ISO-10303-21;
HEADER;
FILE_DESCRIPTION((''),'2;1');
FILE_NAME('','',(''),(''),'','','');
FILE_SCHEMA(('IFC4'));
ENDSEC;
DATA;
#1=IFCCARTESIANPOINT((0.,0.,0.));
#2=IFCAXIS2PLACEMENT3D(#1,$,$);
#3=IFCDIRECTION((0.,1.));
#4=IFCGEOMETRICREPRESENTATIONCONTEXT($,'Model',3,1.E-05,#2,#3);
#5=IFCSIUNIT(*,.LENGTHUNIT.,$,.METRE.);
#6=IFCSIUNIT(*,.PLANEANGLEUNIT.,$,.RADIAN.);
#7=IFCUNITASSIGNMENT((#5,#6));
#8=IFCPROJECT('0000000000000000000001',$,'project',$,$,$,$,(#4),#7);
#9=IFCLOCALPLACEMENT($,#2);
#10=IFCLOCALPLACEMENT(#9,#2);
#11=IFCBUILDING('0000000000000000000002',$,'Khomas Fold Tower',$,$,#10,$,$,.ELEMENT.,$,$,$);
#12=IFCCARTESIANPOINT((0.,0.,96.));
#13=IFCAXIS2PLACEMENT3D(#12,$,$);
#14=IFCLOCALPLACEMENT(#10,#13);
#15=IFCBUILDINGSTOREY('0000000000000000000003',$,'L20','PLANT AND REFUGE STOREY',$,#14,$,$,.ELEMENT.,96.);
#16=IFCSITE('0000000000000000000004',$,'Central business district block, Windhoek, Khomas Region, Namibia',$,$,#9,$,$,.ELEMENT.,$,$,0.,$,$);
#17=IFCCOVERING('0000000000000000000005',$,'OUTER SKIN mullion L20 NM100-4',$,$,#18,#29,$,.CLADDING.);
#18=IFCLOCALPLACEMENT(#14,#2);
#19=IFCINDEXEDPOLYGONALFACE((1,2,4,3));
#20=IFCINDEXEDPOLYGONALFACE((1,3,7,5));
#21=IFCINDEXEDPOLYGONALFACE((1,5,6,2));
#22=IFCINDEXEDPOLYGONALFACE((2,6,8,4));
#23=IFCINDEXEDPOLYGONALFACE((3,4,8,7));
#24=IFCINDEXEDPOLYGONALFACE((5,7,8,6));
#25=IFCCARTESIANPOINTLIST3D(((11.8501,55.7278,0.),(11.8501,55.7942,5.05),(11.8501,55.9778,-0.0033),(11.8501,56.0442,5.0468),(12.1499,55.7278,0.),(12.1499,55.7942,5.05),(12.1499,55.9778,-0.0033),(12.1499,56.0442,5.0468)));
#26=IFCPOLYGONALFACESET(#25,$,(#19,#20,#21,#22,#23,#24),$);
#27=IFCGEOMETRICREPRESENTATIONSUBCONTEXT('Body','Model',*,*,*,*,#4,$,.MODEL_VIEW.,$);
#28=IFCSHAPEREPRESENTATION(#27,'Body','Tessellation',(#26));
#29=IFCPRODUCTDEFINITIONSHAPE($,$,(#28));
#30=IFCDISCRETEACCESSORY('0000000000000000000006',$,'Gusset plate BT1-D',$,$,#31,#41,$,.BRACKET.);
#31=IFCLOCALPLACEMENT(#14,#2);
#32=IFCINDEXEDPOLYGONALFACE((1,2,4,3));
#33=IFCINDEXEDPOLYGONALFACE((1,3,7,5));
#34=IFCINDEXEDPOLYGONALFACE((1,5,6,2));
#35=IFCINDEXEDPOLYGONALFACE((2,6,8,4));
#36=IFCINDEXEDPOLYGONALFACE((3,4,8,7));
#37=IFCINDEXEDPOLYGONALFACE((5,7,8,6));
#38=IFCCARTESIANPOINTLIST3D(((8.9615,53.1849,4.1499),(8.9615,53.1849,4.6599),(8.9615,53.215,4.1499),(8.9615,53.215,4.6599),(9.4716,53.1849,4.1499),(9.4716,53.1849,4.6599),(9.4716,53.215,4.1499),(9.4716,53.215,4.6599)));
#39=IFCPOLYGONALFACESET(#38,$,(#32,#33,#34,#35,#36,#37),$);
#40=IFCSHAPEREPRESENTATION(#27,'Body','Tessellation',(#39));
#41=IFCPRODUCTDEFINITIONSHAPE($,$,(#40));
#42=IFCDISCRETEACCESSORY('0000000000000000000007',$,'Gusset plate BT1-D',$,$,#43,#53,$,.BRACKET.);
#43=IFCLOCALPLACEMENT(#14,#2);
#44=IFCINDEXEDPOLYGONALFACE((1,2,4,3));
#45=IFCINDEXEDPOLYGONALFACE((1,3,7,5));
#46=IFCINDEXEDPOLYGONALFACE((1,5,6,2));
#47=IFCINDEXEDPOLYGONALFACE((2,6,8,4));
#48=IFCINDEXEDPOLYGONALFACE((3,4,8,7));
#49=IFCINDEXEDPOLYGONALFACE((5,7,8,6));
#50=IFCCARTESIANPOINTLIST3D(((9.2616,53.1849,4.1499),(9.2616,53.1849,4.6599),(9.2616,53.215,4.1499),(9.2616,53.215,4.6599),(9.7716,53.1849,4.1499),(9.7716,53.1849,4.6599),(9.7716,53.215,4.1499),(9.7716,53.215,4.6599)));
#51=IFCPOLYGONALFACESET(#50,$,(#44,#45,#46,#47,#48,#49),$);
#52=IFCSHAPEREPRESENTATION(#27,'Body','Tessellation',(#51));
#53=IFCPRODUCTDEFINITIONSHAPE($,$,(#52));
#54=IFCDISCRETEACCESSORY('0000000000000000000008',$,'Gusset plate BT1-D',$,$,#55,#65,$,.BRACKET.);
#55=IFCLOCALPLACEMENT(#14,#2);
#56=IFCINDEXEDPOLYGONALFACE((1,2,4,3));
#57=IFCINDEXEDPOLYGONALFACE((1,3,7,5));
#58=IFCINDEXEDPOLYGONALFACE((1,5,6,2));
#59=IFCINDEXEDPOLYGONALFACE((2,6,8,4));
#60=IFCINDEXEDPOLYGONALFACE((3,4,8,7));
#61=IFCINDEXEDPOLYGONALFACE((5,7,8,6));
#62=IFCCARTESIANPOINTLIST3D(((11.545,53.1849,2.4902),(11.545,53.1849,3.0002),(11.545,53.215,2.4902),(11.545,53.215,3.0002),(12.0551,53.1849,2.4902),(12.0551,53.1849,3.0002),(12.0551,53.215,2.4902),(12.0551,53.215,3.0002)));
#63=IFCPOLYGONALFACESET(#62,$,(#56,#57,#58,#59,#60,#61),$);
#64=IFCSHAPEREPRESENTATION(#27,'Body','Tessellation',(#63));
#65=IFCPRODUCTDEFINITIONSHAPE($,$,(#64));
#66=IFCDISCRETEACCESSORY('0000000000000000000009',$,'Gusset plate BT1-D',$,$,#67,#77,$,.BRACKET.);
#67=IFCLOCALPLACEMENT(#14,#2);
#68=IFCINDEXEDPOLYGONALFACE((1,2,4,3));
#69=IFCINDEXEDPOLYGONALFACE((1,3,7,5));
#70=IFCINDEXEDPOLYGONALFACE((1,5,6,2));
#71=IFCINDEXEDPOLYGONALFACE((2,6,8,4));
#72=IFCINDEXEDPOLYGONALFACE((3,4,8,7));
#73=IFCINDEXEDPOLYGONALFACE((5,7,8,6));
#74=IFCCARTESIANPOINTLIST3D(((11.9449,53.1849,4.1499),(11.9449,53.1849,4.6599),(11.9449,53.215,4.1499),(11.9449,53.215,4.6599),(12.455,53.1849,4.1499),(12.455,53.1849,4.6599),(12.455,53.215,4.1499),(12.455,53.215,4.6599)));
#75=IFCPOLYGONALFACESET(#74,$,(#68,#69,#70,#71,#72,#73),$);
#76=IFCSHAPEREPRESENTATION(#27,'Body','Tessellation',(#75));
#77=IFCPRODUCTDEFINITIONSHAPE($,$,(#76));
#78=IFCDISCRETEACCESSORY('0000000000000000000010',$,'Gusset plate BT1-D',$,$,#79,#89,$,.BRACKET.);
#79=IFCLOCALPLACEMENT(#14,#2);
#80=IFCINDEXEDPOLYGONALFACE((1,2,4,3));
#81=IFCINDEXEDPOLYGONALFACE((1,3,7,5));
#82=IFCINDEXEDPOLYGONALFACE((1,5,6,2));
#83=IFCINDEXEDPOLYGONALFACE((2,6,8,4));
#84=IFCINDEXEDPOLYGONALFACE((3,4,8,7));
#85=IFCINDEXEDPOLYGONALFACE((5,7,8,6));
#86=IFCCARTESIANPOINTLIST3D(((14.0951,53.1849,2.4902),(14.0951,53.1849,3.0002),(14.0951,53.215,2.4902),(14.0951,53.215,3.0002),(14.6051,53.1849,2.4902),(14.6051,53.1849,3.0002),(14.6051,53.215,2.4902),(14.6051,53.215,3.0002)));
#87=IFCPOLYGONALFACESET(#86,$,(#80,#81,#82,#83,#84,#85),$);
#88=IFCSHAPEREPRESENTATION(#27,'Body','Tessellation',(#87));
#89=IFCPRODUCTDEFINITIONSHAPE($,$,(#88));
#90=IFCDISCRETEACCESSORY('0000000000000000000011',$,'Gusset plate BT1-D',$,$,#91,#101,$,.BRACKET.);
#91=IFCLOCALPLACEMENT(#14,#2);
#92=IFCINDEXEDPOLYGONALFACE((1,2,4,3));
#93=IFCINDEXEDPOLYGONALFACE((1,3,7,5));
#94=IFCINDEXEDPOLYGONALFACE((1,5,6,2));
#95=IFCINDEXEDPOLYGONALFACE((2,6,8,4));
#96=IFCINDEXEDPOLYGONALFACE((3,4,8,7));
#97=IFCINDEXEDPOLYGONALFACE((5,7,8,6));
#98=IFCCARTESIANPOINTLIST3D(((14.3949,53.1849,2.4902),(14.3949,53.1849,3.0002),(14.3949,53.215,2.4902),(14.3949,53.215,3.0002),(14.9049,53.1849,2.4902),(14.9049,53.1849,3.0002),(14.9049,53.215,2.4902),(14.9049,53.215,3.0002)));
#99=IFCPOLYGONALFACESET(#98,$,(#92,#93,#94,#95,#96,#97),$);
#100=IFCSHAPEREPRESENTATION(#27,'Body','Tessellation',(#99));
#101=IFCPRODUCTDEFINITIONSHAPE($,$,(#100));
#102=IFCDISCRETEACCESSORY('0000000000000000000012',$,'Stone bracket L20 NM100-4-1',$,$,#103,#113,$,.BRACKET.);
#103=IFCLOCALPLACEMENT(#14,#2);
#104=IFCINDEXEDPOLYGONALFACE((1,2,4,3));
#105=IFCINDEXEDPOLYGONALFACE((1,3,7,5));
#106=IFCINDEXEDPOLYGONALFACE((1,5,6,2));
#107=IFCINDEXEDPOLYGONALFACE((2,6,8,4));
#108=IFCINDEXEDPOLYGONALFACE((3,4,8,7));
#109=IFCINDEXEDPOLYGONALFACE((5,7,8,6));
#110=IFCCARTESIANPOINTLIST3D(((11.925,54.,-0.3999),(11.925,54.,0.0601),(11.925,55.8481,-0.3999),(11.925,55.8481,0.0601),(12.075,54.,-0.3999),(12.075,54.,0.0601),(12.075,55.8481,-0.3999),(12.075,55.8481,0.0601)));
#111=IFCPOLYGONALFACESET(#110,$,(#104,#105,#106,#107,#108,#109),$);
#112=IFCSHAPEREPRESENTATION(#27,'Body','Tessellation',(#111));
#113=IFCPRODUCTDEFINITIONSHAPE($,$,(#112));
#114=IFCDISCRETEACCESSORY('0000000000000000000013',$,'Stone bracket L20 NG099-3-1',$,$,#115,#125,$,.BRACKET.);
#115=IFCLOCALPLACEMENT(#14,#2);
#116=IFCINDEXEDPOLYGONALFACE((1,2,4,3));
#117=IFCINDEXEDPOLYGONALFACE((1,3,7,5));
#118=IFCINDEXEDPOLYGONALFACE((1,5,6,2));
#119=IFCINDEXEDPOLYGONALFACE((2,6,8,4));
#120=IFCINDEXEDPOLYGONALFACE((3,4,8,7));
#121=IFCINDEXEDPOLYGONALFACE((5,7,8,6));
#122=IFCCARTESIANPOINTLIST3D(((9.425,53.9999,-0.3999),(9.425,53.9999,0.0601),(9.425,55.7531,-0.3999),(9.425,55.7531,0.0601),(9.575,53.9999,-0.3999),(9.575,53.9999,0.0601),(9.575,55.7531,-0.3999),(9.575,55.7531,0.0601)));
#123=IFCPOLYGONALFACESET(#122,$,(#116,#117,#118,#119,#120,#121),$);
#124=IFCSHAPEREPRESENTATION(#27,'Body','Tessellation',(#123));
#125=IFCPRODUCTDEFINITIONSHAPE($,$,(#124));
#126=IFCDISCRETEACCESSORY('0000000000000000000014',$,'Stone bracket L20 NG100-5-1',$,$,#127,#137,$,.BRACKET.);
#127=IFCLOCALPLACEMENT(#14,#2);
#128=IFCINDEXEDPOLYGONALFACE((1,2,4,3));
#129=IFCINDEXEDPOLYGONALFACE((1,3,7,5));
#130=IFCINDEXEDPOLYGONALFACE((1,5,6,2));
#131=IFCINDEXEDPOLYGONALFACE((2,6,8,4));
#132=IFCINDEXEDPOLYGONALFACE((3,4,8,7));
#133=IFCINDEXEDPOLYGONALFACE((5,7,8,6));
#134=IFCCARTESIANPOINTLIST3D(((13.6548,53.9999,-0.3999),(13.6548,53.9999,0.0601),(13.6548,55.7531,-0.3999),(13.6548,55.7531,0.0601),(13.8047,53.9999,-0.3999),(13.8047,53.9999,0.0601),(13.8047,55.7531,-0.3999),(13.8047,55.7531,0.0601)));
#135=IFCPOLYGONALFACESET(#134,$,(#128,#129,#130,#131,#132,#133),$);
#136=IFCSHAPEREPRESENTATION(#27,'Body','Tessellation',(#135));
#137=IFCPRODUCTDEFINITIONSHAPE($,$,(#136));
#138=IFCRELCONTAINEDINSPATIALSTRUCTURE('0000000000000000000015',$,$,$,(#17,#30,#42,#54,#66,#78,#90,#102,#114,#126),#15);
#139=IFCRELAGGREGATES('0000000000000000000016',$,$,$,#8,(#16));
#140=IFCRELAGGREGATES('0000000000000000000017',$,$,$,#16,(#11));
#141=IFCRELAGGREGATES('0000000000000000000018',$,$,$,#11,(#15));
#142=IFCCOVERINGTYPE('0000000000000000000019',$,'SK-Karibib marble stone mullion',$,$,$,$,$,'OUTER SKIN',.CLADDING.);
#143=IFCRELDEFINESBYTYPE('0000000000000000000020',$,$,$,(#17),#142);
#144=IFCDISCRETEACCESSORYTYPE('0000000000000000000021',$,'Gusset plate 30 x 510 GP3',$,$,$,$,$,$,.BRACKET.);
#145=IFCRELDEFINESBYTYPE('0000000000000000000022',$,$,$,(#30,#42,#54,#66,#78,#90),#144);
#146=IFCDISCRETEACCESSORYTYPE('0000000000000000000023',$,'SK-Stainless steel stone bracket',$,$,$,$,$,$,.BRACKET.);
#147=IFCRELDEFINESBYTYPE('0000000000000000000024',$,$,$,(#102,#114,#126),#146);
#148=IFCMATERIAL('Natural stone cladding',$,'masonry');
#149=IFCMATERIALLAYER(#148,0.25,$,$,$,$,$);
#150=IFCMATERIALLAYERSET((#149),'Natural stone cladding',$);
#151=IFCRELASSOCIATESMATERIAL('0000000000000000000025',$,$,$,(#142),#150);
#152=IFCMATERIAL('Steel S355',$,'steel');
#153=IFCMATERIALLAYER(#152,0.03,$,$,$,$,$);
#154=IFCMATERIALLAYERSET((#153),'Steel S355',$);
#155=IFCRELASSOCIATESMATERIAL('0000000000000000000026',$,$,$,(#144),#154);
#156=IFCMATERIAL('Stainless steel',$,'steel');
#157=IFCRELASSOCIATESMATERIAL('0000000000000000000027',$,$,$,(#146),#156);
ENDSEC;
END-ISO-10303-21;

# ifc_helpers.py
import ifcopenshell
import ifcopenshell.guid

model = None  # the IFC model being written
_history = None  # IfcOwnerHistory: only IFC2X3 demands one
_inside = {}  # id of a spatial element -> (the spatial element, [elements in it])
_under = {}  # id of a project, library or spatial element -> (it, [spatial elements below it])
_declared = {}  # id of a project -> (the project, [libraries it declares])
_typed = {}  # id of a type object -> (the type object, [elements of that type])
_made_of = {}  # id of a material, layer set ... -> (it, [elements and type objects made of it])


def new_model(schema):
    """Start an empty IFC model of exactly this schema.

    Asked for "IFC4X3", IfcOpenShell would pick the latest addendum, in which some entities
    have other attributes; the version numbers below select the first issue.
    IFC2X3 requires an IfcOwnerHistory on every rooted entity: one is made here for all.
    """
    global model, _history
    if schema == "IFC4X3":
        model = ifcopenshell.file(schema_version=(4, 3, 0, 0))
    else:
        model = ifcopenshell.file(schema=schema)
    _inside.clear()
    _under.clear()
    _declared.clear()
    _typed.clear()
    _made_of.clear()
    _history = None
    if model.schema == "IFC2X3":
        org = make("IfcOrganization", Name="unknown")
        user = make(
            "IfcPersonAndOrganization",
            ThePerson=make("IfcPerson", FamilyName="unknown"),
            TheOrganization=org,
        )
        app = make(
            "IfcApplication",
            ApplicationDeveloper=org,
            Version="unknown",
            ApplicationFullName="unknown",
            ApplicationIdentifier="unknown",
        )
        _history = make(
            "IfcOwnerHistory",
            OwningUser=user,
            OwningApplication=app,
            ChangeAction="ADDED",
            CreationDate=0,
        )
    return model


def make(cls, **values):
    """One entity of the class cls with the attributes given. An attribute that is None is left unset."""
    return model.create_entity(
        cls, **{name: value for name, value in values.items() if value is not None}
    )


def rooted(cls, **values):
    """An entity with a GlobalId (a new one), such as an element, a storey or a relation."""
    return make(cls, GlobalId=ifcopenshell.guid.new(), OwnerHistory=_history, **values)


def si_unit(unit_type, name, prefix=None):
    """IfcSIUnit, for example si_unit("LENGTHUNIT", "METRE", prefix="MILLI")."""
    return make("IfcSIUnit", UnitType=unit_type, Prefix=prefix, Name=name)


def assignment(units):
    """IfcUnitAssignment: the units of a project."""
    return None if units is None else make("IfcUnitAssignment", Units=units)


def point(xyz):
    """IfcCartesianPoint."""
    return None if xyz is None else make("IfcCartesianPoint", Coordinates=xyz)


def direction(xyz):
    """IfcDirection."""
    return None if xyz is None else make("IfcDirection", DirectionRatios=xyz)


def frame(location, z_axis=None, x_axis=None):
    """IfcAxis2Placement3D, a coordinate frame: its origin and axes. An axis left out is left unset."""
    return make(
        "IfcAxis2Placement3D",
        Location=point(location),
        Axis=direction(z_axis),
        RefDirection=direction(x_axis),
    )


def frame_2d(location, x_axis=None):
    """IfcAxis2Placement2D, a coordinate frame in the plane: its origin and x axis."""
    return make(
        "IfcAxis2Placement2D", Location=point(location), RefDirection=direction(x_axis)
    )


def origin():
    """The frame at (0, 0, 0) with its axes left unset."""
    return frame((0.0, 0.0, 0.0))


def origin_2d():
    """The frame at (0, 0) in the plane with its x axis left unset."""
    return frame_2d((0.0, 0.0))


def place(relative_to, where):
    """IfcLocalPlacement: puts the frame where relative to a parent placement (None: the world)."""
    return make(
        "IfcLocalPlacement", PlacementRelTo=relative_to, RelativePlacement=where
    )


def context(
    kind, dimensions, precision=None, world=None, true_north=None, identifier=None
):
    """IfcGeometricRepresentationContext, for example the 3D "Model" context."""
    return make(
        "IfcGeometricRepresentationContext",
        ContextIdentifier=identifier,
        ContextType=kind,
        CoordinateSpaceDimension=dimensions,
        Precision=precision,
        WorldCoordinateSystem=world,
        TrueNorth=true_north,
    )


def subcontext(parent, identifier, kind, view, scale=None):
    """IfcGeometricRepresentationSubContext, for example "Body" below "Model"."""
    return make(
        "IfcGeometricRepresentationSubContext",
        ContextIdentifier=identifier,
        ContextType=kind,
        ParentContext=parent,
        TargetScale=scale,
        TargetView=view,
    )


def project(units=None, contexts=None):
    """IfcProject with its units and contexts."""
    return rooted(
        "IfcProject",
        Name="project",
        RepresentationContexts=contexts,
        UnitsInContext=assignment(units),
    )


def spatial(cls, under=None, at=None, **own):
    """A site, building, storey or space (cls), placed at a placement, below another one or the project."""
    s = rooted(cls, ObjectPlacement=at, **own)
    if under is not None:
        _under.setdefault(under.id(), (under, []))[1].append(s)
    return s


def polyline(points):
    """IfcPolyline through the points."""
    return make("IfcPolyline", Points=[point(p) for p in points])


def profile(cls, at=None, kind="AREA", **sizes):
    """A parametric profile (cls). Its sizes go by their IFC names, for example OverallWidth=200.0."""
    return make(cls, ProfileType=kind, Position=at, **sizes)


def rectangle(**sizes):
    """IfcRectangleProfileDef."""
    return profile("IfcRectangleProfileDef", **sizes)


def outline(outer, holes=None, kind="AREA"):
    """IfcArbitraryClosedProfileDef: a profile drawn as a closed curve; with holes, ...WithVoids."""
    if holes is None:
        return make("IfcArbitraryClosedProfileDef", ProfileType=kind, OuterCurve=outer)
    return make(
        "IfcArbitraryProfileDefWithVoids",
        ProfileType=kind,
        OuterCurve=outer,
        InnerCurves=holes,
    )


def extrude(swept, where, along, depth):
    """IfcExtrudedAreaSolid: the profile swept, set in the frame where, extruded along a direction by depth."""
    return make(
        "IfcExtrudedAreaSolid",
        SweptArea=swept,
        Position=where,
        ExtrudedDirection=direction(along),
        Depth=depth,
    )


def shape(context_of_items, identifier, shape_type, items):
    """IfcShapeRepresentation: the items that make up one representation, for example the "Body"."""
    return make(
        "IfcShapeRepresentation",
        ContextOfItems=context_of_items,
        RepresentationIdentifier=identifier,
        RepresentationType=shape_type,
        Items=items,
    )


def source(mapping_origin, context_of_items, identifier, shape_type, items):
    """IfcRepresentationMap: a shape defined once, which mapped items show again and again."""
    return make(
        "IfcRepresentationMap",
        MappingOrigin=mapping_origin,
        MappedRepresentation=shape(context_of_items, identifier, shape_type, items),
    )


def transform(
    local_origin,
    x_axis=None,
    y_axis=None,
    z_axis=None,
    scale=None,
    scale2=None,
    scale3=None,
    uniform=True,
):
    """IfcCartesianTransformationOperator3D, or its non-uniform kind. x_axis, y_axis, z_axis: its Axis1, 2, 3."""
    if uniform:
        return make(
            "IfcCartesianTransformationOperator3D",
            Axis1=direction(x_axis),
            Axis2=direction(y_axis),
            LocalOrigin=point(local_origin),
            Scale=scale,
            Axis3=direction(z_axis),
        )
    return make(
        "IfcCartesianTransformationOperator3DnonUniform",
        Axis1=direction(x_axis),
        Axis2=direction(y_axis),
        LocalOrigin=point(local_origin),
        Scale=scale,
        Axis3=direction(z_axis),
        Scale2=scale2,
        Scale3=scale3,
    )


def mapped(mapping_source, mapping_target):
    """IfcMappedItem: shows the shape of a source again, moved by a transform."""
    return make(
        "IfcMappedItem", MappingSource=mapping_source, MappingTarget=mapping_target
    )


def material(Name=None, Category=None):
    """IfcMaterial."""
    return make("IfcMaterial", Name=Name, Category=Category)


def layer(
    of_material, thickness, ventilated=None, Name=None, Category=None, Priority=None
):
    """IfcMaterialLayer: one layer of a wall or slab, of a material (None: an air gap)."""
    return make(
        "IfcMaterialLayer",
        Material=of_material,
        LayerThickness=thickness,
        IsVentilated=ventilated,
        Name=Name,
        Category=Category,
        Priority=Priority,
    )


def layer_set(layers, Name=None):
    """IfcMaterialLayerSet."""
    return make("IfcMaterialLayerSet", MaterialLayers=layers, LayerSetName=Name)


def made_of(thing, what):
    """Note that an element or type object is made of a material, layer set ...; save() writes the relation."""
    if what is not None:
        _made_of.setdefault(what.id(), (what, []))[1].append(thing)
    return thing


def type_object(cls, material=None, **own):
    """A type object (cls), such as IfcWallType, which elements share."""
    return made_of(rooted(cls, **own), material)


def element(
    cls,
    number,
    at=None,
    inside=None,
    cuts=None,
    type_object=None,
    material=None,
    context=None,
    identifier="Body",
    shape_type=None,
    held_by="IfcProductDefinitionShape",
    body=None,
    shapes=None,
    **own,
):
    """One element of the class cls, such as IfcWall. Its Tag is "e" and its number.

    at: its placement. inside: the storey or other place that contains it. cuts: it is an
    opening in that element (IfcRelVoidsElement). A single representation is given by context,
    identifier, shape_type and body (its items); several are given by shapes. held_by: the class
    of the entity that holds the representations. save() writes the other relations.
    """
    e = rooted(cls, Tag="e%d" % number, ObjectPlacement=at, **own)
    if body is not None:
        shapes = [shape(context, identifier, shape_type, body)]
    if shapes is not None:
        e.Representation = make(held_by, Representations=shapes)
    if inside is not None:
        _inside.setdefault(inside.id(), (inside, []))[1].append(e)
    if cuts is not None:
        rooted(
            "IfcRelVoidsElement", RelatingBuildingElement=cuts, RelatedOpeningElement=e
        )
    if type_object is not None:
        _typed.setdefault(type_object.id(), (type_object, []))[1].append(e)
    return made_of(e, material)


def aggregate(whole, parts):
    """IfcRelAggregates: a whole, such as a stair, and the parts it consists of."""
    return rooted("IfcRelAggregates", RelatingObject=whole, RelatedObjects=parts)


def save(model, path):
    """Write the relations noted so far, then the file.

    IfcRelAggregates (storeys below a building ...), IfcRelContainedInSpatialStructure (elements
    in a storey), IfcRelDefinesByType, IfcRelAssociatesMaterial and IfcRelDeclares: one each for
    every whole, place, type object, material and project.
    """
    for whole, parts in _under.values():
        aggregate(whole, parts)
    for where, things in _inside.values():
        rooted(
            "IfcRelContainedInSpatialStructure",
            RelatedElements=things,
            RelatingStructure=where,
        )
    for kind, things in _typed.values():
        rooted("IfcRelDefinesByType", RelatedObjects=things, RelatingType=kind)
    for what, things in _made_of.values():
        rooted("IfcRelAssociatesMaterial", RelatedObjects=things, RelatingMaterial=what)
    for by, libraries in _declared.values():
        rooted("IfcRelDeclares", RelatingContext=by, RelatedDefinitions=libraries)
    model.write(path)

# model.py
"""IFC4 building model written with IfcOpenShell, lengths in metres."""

from ifc_helpers import new_model, si_unit, direction, frame, origin, origin_2d, place, context, subcontext, project, spatial, polyline, rectangle, outline, extrude, source, transform, mapped, material, layer, layer_set, type_object, element, save


model = new_model("IFC4")

# Units and contexts
model_context = context("Model", 3, precision=1e-05, world=origin(), true_north=direction((0.0, 1.0)))
body_context = subcontext(model_context, "Body", "Model", "MODEL_VIEW")
ifc_project = project(units=[si_unit("LENGTHUNIT", "METRE"), si_unit("PLANEANGLEUNIT", "RADIAN")], contexts=[model_context])

# Site, building, storey
site_placement = place(None, origin())
site = spatial("IfcSite", under=ifc_project, at=site_placement, Name="Central business district block, Windhoek, Khomas Region, Namibia", CompositionType="ELEMENT", RefElevation=0.0)
building_placement = place(site_placement, origin())
building = spatial("IfcBuilding", under=site, at=building_placement, Name="Khomas Fold Tower", CompositionType="ELEMENT")
storey_placement = place(building_placement, frame((0.0, 0.0, 96.0)))
storey = spatial("IfcBuildingStorey", under=building, at=storey_placement, Name="L20", Description="PLANT AND REFUGE STOREY", CompositionType="ELEMENT", Elevation=96.0)

# Covering
ifc_material_1 = material(Name="Natural stone cladding", Category="masonry")
ifc_layer_1 = layer(ifc_material_1, 0.25)
ifc_layer_set_1 = layer_set([ifc_layer_1], Name="Natural stone cladding")
covering_type = type_object("IfcCoveringType", Name="SK-Karibib marble stone mullion", ElementType="OUTER SKIN", PredefinedType="CLADDING", material=ifc_layer_set_1)
covering_placement = place(storey_placement, frame((11.8501, 55.7278, 0.0), z_axis=(0.0, -0.999914, 0.013148), x_axis=(0.0, 0.013148, 0.999914)))
element("IfcCovering", 1, at=covering_placement, inside=storey, type_object=covering_type, Name="OUTER SKIN mullion L20 NM100-4", PredefinedType="CLADDING", context=body_context, shape_type="SweptSolid", body=[
    extrude(outline(polyline([(0.0, 0.0), (5.0505, 0.0), (5.0505, -0.2998), (0.0, -0.2998), (0.0, 0.0)])), origin(), (0.0, 0.0, -1.0), 0.25),
])

# Discrete accessories
ifc_material_2 = material(Name="Steel S355", Category="steel")
ifc_layer_2 = layer(ifc_material_2, 0.03)
ifc_layer_set_2 = layer_set([ifc_layer_2], Name="Steel S355")
discrete_accessory_type_1 = type_object("IfcDiscreteAccessoryType", Name="Gusset plate 30 x 510 GP3", PredefinedType="BRACKET", material=ifc_layer_set_2)
shared_shape_1 = source(origin(), body_context, "Body", "SweptSolid", [
    extrude(rectangle(XDim=0.51, YDim=0.03, at=origin_2d()), origin(), (0.0, 0.0, 1.0), 0.51),
])
for number, where, z_axis, x_axis, name in (
    (2, (9.2166, 53.2, 4.1499), (0.0, 0.0, 1.0), (1.0, 0.0, 0.0), "Gusset plate BT1-D"),
    (3, (9.5166, 53.2, 4.1499), (0.0, 0.0, 1.0), (1.0, 0.0, 0.0), "Gusset plate BT1-D"),
    (4, (11.8, 53.2, 2.4902), (0.0, 0.0, 1.0), (1.0, 0.0, 0.0), "Gusset plate BT1-D"),
    (5, (12.2, 53.2, 4.1499), (0.0, 0.0, 1.0), (1.0, 0.0, 0.0), "Gusset plate BT1-D"),
    (6, (14.3501, 53.2, 2.4902), (0.0, 0.0, 1.0), (1.0, 0.0, 0.0), "Gusset plate BT1-D"),
    (7, (14.6499, 53.2, 2.4902), (0.0, 0.0, 1.0), (1.0, 0.0, 0.0), "Gusset plate BT1-D"),
):
    element("IfcDiscreteAccessory", number, at=place(storey_placement, frame(where, z_axis=z_axis, x_axis=x_axis)), inside=storey, type_object=discrete_accessory_type_1, Name=name, PredefinedType="BRACKET", context=body_context, shape_type="MappedRepresentation", body=[
        mapped(shared_shape_1, transform((0.0, 0.0, 0.0))),
    ])
ifc_material_3 = material(Name="Stainless steel", Category="steel")
discrete_accessory_type_2 = type_object("IfcDiscreteAccessoryType", Name="SK-Stainless steel stone bracket", PredefinedType="BRACKET", material=ifc_material_3)
shared_shape_2 = source(origin(), body_context, "Body", "SweptSolid", [
    extrude(rectangle(XDim=1.8481, YDim=0.1499, at=origin_2d()), origin(), (0.0, 0.0, 1.0), 0.46),
])
discrete_accessory_placement = place(storey_placement, frame((12.0, 54.9241, -0.3999), z_axis=(0.0, 0.0, 1.0), x_axis=(0.0, 1.0, 0.0)))
element("IfcDiscreteAccessory", 8, at=discrete_accessory_placement, inside=storey, type_object=discrete_accessory_type_2, Name="Stone bracket L20 NM100-4-1", PredefinedType="BRACKET", context=body_context, shape_type="MappedRepresentation", body=[
    mapped(shared_shape_2, transform((0.0, 0.0, 0.0))),
])
shared_shape_3 = source(origin(), body_context, "Body", "SweptSolid", [
    extrude(rectangle(XDim=1.7532, YDim=0.1499, at=origin_2d()), origin(), (0.0, 0.0, 1.0), 0.46),
])
for number, where, z_axis, x_axis, name in (
    (9, (9.5, 54.8765, -0.3999), (0.0, 0.0, 1.0), (0.0, 1.0, 0.0), "Stone bracket L20 NG099-3-1"),
    (10, (13.7297, 54.8765, -0.3999), (0.0, 0.0, 1.0), (0.0, 1.0, 0.0), "Stone bracket L20 NG100-5-1"),
):
    element("IfcDiscreteAccessory", number, at=place(storey_placement, frame(where, z_axis=z_axis, x_axis=x_axis)), inside=storey, type_object=discrete_accessory_type_2, Name=name, PredefinedType="BRACKET", context=body_context, shape_type="MappedRepresentation", body=[
        mapped(shared_shape_3, transform((0.0, 0.0, 0.0))),
    ])

save(model, "model.ifc")
